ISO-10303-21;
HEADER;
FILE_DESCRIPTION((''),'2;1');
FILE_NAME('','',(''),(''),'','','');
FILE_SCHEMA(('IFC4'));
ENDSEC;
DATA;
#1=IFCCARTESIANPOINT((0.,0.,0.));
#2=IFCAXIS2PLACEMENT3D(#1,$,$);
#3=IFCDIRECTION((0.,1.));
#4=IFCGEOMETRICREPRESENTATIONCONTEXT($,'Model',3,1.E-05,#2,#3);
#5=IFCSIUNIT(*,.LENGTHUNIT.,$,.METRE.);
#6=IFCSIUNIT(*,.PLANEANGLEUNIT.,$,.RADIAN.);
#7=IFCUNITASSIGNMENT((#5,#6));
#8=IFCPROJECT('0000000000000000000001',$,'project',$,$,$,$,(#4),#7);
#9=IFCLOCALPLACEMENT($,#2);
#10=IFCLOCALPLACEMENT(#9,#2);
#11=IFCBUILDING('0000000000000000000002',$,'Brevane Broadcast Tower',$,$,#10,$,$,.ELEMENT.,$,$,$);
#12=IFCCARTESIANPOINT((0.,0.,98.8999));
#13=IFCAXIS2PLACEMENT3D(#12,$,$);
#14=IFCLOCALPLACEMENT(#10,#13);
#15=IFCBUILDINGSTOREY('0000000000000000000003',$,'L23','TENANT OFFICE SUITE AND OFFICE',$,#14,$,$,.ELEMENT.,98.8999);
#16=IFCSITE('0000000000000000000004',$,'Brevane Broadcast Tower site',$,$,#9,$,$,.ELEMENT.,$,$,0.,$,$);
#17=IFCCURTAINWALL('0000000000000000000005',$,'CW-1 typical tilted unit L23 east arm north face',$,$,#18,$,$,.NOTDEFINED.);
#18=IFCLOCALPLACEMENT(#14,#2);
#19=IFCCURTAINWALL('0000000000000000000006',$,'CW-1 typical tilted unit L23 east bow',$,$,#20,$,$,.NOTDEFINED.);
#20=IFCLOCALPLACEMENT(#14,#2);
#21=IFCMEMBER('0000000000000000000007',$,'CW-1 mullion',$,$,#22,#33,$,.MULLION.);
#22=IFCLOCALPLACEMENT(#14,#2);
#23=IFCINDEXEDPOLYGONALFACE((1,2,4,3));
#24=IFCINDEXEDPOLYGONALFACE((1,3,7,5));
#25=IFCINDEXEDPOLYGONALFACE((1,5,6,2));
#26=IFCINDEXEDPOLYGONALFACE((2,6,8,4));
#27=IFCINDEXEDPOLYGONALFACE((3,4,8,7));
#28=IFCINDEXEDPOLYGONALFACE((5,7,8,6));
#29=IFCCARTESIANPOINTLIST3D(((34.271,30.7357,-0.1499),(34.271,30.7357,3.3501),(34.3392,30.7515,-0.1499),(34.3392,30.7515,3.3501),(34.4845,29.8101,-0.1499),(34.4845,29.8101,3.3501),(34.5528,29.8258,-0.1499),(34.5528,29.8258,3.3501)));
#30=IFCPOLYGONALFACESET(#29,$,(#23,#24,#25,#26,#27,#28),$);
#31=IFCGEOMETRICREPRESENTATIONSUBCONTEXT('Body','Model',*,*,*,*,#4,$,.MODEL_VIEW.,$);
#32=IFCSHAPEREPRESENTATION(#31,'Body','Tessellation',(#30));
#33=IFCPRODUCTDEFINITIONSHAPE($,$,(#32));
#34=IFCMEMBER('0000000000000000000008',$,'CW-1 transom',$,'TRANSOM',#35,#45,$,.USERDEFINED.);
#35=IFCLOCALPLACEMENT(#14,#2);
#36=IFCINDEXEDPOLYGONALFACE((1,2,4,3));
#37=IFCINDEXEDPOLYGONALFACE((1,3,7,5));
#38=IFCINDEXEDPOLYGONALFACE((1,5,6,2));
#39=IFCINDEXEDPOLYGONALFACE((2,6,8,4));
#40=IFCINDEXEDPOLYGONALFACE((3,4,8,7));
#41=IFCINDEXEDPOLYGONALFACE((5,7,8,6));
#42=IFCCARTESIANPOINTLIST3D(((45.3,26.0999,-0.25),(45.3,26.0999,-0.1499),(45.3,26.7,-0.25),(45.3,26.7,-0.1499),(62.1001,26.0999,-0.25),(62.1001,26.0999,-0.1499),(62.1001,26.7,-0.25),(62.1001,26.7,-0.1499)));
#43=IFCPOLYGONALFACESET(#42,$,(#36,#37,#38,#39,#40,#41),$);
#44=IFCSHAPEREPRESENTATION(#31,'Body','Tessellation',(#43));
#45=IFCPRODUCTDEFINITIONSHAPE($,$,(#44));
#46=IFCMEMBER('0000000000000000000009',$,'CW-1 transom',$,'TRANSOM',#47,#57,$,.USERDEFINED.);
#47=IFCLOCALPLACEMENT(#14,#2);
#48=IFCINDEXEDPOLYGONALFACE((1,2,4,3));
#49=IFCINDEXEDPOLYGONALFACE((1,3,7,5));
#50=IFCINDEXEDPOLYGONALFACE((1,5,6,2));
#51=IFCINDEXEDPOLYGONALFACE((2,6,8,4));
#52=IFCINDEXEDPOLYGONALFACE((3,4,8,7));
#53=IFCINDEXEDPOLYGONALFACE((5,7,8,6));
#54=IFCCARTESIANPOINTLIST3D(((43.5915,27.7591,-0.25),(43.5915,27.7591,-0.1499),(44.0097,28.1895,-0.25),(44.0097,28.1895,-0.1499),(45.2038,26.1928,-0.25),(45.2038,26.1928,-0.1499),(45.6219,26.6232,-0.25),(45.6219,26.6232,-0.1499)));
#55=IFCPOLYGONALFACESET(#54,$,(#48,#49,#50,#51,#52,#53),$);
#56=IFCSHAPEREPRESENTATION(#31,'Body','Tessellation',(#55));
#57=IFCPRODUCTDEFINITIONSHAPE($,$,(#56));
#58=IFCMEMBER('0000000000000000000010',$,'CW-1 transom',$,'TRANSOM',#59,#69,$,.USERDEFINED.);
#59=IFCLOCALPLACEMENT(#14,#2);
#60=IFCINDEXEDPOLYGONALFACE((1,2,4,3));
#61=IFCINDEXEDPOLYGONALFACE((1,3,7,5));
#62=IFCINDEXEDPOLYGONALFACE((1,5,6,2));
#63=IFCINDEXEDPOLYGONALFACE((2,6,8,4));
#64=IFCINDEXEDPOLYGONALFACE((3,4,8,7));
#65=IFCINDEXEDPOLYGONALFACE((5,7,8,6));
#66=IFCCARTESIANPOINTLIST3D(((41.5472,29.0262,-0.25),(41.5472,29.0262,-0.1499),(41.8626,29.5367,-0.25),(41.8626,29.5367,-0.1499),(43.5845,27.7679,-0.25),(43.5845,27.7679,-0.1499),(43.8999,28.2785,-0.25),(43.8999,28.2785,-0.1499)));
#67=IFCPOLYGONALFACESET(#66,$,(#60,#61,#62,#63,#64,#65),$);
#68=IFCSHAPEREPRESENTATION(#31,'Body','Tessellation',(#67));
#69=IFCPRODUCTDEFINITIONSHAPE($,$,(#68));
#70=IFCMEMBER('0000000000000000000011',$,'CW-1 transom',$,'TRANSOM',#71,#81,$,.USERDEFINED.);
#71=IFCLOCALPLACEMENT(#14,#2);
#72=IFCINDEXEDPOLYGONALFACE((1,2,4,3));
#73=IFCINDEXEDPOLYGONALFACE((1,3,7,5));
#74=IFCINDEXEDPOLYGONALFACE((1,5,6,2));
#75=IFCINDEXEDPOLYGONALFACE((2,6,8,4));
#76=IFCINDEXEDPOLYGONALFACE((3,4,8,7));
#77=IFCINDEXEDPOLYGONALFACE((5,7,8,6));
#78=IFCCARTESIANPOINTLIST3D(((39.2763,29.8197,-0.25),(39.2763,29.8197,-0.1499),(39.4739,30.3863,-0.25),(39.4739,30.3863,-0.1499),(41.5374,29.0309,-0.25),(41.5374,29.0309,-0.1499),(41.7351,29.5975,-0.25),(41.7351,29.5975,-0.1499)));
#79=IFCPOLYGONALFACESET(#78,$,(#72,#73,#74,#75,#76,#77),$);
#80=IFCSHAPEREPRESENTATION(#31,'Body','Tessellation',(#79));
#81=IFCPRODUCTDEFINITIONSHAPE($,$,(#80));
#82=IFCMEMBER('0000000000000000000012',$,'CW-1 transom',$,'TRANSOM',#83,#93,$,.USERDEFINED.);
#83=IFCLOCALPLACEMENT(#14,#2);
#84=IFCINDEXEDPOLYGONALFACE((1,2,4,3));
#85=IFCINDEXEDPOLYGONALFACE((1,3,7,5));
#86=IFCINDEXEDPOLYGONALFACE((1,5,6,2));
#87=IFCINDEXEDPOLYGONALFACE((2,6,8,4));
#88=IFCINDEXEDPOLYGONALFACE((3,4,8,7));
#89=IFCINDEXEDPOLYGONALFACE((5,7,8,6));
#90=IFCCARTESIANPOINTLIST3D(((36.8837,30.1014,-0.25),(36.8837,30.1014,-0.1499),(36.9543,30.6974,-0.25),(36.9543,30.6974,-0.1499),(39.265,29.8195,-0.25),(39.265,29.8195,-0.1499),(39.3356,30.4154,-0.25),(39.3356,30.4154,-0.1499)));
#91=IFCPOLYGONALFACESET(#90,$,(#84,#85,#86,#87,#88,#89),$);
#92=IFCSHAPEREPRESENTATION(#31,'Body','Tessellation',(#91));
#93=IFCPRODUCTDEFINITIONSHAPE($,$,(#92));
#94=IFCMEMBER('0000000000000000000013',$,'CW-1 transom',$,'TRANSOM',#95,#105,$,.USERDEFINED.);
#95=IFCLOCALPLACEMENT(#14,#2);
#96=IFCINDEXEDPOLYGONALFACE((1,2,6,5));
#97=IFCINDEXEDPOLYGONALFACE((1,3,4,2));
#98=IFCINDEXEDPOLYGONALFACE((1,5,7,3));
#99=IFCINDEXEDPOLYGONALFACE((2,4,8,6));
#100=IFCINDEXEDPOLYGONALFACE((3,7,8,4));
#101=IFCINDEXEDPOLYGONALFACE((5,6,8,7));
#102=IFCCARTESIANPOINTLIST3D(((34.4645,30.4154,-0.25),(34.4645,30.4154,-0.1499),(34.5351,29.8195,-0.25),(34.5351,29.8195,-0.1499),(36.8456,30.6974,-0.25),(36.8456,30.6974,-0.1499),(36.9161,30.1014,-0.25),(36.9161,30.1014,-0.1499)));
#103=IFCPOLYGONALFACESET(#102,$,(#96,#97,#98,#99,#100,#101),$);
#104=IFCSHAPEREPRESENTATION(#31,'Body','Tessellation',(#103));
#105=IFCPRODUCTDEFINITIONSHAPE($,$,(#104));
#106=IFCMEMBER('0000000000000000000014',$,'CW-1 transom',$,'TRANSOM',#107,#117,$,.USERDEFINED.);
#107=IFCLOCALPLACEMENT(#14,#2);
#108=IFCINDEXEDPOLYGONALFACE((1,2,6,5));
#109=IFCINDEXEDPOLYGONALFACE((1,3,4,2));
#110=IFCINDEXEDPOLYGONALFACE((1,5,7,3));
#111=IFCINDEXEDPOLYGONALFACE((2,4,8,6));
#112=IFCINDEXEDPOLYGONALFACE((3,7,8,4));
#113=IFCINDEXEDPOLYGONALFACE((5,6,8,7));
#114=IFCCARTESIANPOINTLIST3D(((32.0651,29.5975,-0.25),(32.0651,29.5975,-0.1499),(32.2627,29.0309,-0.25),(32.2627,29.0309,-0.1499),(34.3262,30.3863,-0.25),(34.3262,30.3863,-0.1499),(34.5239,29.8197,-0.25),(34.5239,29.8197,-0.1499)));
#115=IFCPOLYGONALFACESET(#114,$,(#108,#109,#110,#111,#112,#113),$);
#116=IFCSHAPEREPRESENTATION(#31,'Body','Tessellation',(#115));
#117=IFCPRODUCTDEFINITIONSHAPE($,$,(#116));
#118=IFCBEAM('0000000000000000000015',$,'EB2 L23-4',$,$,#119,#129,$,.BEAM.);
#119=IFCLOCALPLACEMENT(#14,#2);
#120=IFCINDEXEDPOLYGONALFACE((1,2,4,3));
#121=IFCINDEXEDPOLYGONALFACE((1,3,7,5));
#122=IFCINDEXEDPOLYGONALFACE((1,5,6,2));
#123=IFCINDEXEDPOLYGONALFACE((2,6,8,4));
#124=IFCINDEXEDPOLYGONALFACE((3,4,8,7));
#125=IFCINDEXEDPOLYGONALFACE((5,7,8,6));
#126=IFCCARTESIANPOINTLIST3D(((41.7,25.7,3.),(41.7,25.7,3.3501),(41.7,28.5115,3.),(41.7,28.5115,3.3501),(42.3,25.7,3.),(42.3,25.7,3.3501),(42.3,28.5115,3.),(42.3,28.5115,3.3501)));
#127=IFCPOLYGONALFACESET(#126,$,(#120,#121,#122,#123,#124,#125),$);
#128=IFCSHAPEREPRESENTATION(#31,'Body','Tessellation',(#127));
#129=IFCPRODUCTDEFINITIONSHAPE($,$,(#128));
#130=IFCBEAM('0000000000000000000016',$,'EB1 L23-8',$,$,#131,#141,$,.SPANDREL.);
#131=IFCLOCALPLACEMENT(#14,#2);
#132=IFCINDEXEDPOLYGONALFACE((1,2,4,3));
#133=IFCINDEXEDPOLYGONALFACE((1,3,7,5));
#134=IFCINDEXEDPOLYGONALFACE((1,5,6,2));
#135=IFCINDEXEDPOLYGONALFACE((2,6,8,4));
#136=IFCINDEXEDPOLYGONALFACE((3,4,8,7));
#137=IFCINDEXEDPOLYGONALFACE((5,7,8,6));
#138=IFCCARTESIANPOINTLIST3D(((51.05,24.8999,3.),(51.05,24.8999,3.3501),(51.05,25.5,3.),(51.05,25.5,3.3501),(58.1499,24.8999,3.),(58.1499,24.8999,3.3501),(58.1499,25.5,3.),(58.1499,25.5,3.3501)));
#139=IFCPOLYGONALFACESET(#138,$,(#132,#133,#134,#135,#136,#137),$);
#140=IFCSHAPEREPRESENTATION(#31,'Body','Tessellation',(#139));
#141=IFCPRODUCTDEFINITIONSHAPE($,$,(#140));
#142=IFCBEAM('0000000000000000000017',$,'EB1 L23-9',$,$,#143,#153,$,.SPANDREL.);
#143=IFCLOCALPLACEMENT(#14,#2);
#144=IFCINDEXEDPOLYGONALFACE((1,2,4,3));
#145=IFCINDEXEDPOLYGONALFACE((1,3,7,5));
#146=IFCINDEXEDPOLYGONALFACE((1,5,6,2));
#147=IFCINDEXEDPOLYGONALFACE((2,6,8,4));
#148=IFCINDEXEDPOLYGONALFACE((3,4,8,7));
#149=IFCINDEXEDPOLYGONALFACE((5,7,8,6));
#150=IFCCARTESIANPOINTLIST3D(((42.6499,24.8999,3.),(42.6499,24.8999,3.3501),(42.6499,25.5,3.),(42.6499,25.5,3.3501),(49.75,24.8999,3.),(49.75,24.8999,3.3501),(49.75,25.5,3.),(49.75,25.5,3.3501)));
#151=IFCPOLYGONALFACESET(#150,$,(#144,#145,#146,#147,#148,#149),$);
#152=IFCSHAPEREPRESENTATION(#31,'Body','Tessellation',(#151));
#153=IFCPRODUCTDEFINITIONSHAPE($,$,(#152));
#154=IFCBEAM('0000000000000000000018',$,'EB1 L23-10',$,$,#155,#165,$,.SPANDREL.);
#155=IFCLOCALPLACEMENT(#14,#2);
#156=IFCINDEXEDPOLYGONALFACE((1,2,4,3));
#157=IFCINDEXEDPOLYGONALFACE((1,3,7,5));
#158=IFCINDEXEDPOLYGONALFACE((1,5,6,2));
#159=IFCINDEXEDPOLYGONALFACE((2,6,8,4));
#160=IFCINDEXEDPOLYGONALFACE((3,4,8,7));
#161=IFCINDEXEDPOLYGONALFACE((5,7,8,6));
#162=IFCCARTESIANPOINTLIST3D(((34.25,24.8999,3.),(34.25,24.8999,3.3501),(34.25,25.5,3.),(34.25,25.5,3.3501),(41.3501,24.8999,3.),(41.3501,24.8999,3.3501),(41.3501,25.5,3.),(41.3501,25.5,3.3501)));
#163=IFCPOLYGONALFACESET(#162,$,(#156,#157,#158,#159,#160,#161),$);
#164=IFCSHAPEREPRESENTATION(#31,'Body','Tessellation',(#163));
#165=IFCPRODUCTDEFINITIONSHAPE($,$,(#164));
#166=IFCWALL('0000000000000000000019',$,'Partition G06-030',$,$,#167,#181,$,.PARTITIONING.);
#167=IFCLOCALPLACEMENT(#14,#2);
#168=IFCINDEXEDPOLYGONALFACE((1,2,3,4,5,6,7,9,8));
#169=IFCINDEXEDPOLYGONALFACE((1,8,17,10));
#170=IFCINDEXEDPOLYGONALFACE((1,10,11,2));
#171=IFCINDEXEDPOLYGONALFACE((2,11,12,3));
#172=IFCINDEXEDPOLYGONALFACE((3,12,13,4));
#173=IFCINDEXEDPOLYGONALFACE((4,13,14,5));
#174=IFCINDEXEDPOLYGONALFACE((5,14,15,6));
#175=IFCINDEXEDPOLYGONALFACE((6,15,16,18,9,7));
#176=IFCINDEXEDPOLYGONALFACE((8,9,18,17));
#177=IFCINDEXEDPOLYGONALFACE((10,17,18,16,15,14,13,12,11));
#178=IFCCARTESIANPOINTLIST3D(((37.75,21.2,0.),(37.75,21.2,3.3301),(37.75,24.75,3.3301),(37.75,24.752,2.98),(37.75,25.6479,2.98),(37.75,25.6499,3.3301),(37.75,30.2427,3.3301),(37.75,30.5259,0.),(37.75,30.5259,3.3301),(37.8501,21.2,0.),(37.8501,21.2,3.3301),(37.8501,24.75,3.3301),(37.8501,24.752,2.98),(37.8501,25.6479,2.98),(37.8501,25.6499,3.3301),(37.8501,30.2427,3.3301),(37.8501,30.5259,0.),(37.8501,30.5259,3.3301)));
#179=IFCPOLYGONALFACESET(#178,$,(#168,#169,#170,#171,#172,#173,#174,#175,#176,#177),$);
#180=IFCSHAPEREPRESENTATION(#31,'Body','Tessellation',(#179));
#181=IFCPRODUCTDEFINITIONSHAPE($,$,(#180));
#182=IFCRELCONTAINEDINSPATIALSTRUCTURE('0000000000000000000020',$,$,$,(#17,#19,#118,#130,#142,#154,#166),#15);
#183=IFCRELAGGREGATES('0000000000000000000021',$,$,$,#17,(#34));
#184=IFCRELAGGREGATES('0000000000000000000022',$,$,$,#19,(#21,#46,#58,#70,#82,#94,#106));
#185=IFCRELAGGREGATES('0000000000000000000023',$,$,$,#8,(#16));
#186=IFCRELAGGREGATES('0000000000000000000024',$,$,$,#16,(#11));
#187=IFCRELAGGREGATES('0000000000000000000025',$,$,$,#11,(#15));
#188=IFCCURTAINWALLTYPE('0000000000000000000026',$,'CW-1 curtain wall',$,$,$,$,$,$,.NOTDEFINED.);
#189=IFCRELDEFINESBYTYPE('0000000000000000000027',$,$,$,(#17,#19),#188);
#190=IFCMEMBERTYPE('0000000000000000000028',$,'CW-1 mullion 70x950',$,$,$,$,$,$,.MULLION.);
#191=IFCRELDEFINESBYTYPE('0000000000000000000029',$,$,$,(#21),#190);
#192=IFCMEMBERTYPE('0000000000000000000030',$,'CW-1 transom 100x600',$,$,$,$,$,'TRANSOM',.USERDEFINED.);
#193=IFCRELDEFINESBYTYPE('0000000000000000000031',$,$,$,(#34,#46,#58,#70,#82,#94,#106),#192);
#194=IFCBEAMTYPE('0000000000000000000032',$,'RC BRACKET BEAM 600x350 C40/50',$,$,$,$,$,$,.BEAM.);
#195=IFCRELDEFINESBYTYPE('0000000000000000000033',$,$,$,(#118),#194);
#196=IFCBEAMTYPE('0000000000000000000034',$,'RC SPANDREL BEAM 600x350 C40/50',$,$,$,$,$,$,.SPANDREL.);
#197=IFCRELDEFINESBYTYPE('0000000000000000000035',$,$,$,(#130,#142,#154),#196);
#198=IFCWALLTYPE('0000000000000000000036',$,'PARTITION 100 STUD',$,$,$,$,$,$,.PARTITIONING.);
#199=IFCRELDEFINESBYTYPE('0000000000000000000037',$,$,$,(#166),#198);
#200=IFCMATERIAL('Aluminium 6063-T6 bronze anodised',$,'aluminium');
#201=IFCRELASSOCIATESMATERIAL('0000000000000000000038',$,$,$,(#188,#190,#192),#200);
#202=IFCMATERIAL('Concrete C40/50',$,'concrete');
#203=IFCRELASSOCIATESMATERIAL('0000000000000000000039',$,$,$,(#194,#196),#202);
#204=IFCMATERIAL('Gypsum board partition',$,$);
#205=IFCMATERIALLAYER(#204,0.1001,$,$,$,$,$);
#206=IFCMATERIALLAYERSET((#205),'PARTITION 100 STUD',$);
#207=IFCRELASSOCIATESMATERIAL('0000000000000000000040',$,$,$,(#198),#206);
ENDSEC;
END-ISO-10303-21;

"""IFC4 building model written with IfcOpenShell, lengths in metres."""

from ifc_helpers import new_model, si_unit, direction, frame, origin, origin_2d, place, context, subcontext, project, spatial, polyline, rectangle, outline, extrude, material, layer, layer_set, material_profile, profile_set, type_object, element, aggregate, save


model = new_model("IFC4")

# Units and contexts
model_context = context("Model", 3, precision=1e-05, world=origin(), true_north=direction((0.0, 1.0)))
body_context = subcontext(model_context, "Body", "Model", "MODEL_VIEW")
ifc_project = project(units=[si_unit("LENGTHUNIT", "METRE"), si_unit("PLANEANGLEUNIT", "RADIAN")], contexts=[model_context])

# Site, building, storey
site_placement = place(None, origin())
site = spatial("IfcSite", under=ifc_project, at=site_placement, Name="Brevane Broadcast Tower site", CompositionType="ELEMENT", RefElevation=0.0)
building_placement = place(site_placement, origin())
building = spatial("IfcBuilding", under=site, at=building_placement, Name="Brevane Broadcast Tower", CompositionType="ELEMENT")
storey_placement = place(building_placement, frame((0.0, 0.0, 98.8999)))
storey = spatial("IfcBuildingStorey", under=building, at=storey_placement, Name="L23", Description="TENANT OFFICE SUITE AND OFFICE", CompositionType="ELEMENT", Elevation=98.8999)

# Curtain walls, member
ifc_material_1 = material(Name="Aluminium 6063-T6 bronze anodised", Category="aluminium")
curtain_wall_type = type_object("IfcCurtainWallType", Name="CW-1 curtain wall", PredefinedType="NOTDEFINED", material=ifc_material_1)
ifc_material_profile_1 = material_profile(ifc_material_1, rectangle(XDim=0.95, YDim=0.0701, at=origin_2d()), Name="RECT 70x950")
ifc_profile_set_1 = profile_set([ifc_material_profile_1], Name="Aluminium 6063-T6 bronze anodised")
member_type_1 = type_object("IfcMemberType", Name="CW-1 mullion 70x950", PredefinedType="MULLION", material=ifc_profile_set_1)
curtain_wall_1_placement = place(storey_placement, origin())
curtain_wall_1 = element("IfcCurtainWall", 1, at=curtain_wall_1_placement, inside=storey, type_object=curtain_wall_type, Name="CW-1 typical tilted unit L23 east arm north face", PredefinedType="NOTDEFINED")
curtain_wall_2_placement = place(storey_placement, origin())
curtain_wall_2 = element("IfcCurtainWall", 2, at=curtain_wall_2_placement, inside=storey, type_object=curtain_wall_type, Name="CW-1 typical tilted unit L23 east bow", PredefinedType="NOTDEFINED")
member_1_placement = place(storey_placement, frame((34.4119, 30.2808, -0.1499), z_axis=(0.0, 0.0, 1.0), x_axis=(0.224806, -0.974403, 0.0)))
member_1 = element("IfcMember", 3, at=member_1_placement, type_object=member_type_1, Name="CW-1 mullion", PredefinedType="MULLION", context=body_context, shape_type="SweptSolid", body=[
    extrude(rectangle(XDim=0.95, YDim=0.0701, at=origin_2d()), origin(), (0.0, 0.0, 1.0), 3.5),
])

# Members
ifc_material_profile_2 = material_profile(ifc_material_1, rectangle(XDim=0.6001, YDim=0.1001, at=origin_2d()), Name="RECT 100x600")
ifc_profile_set_2 = profile_set([ifc_material_profile_2], Name="Aluminium 6063-T6 bronze anodised")
member_type_2 = type_object("IfcMemberType", Name="CW-1 transom 100x600", ElementType="TRANSOM", PredefinedType="USERDEFINED", material=ifc_profile_set_2)
member_2_placement = place(storey_placement, frame((62.1001, 26.3999, -0.2), z_axis=(-1.0, 0.0, 0.0), x_axis=(0.0, -1.0, 0.0)))
member_2 = element("IfcMember", 4, at=member_2_placement, type_object=member_type_2, Name="CW-1 transom", ObjectType="TRANSOM", PredefinedType="USERDEFINED", context=body_context, shape_type="SweptSolid", body=[
    extrude(rectangle(XDim=0.6001, YDim=0.1001, at=origin_2d()), origin(), (0.0, 0.0, 1.0), 16.8),
])
aggregate(curtain_wall_1, [member_2])
member_3_placement = place(storey_placement, frame((45.4128, 26.408, -0.2), z_axis=(-0.717242, 0.696824, 0.0), x_axis=(-0.696824, -0.717242, 0.0)))
member_3 = element("IfcMember", 5, at=member_3_placement, type_object=member_type_2, Name="CW-1 transom", ObjectType="TRANSOM", PredefinedType="USERDEFINED", context=body_context, shape_type="SweptSolid", body=[
    extrude(rectangle(XDim=0.6001, YDim=0.1001, at=origin_2d()), origin(), (0.0, 0.0, 1.0), 2.2478),
])
member_4_placement = place(storey_placement, frame((43.7422, 28.0232, -0.2), z_axis=(-0.85081, 0.525473, 0.0), x_axis=(-0.525473, -0.85081, 0.0)))
member_4 = element("IfcMember", 6, at=member_4_placement, type_object=member_type_2, Name="CW-1 transom", ObjectType="TRANSOM", PredefinedType="USERDEFINED", context=body_context, shape_type="SweptSolid", body=[
    extrude(rectangle(XDim=0.6001, YDim=0.1001, at=origin_2d()), origin(), (0.0, 0.0, 1.0), 2.3945),
])
member_5_placement = place(storey_placement, frame((41.6362, 29.3142, -0.2), z_axis=(-0.944198, 0.329378, 0.0), x_axis=(-0.329378, -0.944198, 0.0)))
member_5 = element("IfcMember", 7, at=member_5_placement, type_object=member_type_2, Name="CW-1 transom", ObjectType="TRANSOM", PredefinedType="USERDEFINED", context=body_context, shape_type="SweptSolid", body=[
    extrude(rectangle(XDim=0.6001, YDim=0.1001, at=origin_2d()), origin(), (0.0, 0.0, 1.0), 2.3948),
])
member_6_placement = place(storey_placement, frame((39.3003, 30.1174, -0.2), z_axis=(-0.993062, 0.117591, 0.0), x_axis=(-0.117591, -0.993062, 0.0)))
member_6 = element("IfcMember", 8, at=member_6_placement, type_object=member_type_2, Name="CW-1 transom", ObjectType="TRANSOM", PredefinedType="USERDEFINED", context=body_context, shape_type="SweptSolid", body=[
    extrude(rectangle(XDim=0.6001, YDim=0.1001, at=origin_2d()), origin(), (0.0, 0.0, 1.0), 2.3979),
])
member_7_placement = place(storey_placement, frame((36.8809, 30.3994, -0.2), z_axis=(-0.993061, -0.117603, 0.0), x_axis=(0.117603, -0.993061, 0.0)))
member_7 = element("IfcMember", 9, at=member_7_placement, type_object=member_type_2, Name="CW-1 transom", ObjectType="TRANSOM", PredefinedType="USERDEFINED", context=body_context, shape_type="SweptSolid", body=[
    extrude(rectangle(XDim=0.6001, YDim=0.1001, at=origin_2d()), origin(), (0.0, 0.0, 1.0), 2.3977),
])
member_8_placement = place(storey_placement, frame((34.425, 30.103, -0.2), z_axis=(-0.944198, -0.329378, 0.0), x_axis=(0.329378, -0.944198, 0.0)))
member_8 = element("IfcMember", 10, at=member_8_placement, type_object=member_type_2, Name="CW-1 transom", ObjectType="TRANSOM", PredefinedType="USERDEFINED", context=body_context, shape_type="SweptSolid", body=[
    extrude(rectangle(XDim=0.6001, YDim=0.1001, at=origin_2d()), origin(), (0.0, 0.0, 1.0), 2.3948),
])
aggregate(curtain_wall_2, [member_1, member_3, member_4, member_5, member_6, member_7, member_8])

# Beams
ifc_material_2 = material(Name="Concrete C40/50", Category="concrete")
ifc_material_profile_3 = material_profile(ifc_material_2, rectangle(XDim=0.6001, YDim=0.3501, at=origin_2d()), Name="RC 600x350")
ifc_profile_set_3 = profile_set([ifc_material_profile_3], Name="Concrete C40/50")
beam_type_1 = type_object("IfcBeamType", Name="RC BRACKET BEAM 600x350 C40/50", PredefinedType="BEAM", material=ifc_profile_set_3)
beam_1_placement = place(storey_placement, frame((42.0, 25.7, 3.175), z_axis=(0.0, 1.0, 0.0), x_axis=(-1.0, 0.0, 0.0)))
element("IfcBeam", 11, at=beam_1_placement, inside=storey, type_object=beam_type_1, Name="EB2 L23-4", PredefinedType="BEAM", context=body_context, shape_type="SweptSolid", body=[
    extrude(rectangle(XDim=0.6001, YDim=0.3501, at=origin_2d()), origin(), (0.0, 0.0, 1.0), 2.8115),
])
ifc_material_profile_4 = material_profile(ifc_material_2, rectangle(XDim=0.6001, YDim=0.3501, at=origin_2d()), Name="RC 600x350")
ifc_profile_set_4 = profile_set([ifc_material_profile_4], Name="Concrete C40/50")
beam_type_2 = type_object("IfcBeamType", Name="RC SPANDREL BEAM 600x350 C40/50", PredefinedType="SPANDREL", material=ifc_profile_set_4)
beam_2_placement = place(storey_placement, frame((58.1499, 25.2, 3.175), z_axis=(-1.0, 0.0, 0.0), x_axis=(0.0, -1.0, 0.0)))
element("IfcBeam", 12, at=beam_2_placement, inside=storey, type_object=beam_type_2, Name="EB1 L23-8", PredefinedType="SPANDREL", context=body_context, shape_type="SweptSolid", body=[
    extrude(rectangle(XDim=0.6001, YDim=0.3501, at=origin_2d()), origin(), (0.0, 0.0, 1.0), 7.0999),
])
for number, where, z_axis, x_axis, name in (
    (13, (49.75, 25.2, 3.175), (-1.0, 0.0, 0.0), (0.0, -1.0, 0.0), "EB1 L23-9"),
    (14, (41.3501, 25.2, 3.175), (-1.0, 0.0, 0.0), (0.0, -1.0, 0.0), "EB1 L23-10"),
):
    element("IfcBeam", number, at=place(storey_placement, frame(where, z_axis=z_axis, x_axis=x_axis)), inside=storey, type_object=beam_type_2, Name=name, PredefinedType="SPANDREL", context=body_context, shape_type="SweptSolid", body=[
        extrude(rectangle(XDim=0.6001, YDim=0.3501, at=origin_2d()), origin(), (0.0, 0.0, 1.0), 7.1001),
    ])

# Wall
ifc_material_3 = material(Name="Gypsum board partition")
ifc_layer = layer(ifc_material_3, 0.1001)
ifc_layer_set = layer_set([ifc_layer], Name="PARTITION 100 STUD")
wall_type = type_object("IfcWallType", Name="PARTITION 100 STUD", PredefinedType="PARTITIONING", material=ifc_layer_set)
wall_placement = place(storey_placement, frame((37.8, 30.5259, 0.0), z_axis=(0.0, 0.0, 1.0), x_axis=(0.0, -1.0, 0.0)))
element("IfcWall", 15, at=wall_placement, inside=storey, type_object=wall_type, Name="Partition G06-030", PredefinedType="PARTITIONING", context=body_context, shape_type="SweptSolid", body=[
    extrude(outline(polyline([(0.0, 0.0), (9.3259, 0.0), (9.3259, 3.3301), (5.7759, 3.3301), (5.7739, 2.98), (4.8779, 2.98), (4.876, 3.3301), (0.2832, 3.3301), (0.0, 3.3301), (0.0, 0.0)])), frame((0.0, 0.05, 0.0), z_axis=(0.0, -1.0, 0.0), x_axis=(1.0, 0.0, 0.0)), (0.0, 0.0, 1.0), 0.1001),
])

save(model, "model.ifc")
